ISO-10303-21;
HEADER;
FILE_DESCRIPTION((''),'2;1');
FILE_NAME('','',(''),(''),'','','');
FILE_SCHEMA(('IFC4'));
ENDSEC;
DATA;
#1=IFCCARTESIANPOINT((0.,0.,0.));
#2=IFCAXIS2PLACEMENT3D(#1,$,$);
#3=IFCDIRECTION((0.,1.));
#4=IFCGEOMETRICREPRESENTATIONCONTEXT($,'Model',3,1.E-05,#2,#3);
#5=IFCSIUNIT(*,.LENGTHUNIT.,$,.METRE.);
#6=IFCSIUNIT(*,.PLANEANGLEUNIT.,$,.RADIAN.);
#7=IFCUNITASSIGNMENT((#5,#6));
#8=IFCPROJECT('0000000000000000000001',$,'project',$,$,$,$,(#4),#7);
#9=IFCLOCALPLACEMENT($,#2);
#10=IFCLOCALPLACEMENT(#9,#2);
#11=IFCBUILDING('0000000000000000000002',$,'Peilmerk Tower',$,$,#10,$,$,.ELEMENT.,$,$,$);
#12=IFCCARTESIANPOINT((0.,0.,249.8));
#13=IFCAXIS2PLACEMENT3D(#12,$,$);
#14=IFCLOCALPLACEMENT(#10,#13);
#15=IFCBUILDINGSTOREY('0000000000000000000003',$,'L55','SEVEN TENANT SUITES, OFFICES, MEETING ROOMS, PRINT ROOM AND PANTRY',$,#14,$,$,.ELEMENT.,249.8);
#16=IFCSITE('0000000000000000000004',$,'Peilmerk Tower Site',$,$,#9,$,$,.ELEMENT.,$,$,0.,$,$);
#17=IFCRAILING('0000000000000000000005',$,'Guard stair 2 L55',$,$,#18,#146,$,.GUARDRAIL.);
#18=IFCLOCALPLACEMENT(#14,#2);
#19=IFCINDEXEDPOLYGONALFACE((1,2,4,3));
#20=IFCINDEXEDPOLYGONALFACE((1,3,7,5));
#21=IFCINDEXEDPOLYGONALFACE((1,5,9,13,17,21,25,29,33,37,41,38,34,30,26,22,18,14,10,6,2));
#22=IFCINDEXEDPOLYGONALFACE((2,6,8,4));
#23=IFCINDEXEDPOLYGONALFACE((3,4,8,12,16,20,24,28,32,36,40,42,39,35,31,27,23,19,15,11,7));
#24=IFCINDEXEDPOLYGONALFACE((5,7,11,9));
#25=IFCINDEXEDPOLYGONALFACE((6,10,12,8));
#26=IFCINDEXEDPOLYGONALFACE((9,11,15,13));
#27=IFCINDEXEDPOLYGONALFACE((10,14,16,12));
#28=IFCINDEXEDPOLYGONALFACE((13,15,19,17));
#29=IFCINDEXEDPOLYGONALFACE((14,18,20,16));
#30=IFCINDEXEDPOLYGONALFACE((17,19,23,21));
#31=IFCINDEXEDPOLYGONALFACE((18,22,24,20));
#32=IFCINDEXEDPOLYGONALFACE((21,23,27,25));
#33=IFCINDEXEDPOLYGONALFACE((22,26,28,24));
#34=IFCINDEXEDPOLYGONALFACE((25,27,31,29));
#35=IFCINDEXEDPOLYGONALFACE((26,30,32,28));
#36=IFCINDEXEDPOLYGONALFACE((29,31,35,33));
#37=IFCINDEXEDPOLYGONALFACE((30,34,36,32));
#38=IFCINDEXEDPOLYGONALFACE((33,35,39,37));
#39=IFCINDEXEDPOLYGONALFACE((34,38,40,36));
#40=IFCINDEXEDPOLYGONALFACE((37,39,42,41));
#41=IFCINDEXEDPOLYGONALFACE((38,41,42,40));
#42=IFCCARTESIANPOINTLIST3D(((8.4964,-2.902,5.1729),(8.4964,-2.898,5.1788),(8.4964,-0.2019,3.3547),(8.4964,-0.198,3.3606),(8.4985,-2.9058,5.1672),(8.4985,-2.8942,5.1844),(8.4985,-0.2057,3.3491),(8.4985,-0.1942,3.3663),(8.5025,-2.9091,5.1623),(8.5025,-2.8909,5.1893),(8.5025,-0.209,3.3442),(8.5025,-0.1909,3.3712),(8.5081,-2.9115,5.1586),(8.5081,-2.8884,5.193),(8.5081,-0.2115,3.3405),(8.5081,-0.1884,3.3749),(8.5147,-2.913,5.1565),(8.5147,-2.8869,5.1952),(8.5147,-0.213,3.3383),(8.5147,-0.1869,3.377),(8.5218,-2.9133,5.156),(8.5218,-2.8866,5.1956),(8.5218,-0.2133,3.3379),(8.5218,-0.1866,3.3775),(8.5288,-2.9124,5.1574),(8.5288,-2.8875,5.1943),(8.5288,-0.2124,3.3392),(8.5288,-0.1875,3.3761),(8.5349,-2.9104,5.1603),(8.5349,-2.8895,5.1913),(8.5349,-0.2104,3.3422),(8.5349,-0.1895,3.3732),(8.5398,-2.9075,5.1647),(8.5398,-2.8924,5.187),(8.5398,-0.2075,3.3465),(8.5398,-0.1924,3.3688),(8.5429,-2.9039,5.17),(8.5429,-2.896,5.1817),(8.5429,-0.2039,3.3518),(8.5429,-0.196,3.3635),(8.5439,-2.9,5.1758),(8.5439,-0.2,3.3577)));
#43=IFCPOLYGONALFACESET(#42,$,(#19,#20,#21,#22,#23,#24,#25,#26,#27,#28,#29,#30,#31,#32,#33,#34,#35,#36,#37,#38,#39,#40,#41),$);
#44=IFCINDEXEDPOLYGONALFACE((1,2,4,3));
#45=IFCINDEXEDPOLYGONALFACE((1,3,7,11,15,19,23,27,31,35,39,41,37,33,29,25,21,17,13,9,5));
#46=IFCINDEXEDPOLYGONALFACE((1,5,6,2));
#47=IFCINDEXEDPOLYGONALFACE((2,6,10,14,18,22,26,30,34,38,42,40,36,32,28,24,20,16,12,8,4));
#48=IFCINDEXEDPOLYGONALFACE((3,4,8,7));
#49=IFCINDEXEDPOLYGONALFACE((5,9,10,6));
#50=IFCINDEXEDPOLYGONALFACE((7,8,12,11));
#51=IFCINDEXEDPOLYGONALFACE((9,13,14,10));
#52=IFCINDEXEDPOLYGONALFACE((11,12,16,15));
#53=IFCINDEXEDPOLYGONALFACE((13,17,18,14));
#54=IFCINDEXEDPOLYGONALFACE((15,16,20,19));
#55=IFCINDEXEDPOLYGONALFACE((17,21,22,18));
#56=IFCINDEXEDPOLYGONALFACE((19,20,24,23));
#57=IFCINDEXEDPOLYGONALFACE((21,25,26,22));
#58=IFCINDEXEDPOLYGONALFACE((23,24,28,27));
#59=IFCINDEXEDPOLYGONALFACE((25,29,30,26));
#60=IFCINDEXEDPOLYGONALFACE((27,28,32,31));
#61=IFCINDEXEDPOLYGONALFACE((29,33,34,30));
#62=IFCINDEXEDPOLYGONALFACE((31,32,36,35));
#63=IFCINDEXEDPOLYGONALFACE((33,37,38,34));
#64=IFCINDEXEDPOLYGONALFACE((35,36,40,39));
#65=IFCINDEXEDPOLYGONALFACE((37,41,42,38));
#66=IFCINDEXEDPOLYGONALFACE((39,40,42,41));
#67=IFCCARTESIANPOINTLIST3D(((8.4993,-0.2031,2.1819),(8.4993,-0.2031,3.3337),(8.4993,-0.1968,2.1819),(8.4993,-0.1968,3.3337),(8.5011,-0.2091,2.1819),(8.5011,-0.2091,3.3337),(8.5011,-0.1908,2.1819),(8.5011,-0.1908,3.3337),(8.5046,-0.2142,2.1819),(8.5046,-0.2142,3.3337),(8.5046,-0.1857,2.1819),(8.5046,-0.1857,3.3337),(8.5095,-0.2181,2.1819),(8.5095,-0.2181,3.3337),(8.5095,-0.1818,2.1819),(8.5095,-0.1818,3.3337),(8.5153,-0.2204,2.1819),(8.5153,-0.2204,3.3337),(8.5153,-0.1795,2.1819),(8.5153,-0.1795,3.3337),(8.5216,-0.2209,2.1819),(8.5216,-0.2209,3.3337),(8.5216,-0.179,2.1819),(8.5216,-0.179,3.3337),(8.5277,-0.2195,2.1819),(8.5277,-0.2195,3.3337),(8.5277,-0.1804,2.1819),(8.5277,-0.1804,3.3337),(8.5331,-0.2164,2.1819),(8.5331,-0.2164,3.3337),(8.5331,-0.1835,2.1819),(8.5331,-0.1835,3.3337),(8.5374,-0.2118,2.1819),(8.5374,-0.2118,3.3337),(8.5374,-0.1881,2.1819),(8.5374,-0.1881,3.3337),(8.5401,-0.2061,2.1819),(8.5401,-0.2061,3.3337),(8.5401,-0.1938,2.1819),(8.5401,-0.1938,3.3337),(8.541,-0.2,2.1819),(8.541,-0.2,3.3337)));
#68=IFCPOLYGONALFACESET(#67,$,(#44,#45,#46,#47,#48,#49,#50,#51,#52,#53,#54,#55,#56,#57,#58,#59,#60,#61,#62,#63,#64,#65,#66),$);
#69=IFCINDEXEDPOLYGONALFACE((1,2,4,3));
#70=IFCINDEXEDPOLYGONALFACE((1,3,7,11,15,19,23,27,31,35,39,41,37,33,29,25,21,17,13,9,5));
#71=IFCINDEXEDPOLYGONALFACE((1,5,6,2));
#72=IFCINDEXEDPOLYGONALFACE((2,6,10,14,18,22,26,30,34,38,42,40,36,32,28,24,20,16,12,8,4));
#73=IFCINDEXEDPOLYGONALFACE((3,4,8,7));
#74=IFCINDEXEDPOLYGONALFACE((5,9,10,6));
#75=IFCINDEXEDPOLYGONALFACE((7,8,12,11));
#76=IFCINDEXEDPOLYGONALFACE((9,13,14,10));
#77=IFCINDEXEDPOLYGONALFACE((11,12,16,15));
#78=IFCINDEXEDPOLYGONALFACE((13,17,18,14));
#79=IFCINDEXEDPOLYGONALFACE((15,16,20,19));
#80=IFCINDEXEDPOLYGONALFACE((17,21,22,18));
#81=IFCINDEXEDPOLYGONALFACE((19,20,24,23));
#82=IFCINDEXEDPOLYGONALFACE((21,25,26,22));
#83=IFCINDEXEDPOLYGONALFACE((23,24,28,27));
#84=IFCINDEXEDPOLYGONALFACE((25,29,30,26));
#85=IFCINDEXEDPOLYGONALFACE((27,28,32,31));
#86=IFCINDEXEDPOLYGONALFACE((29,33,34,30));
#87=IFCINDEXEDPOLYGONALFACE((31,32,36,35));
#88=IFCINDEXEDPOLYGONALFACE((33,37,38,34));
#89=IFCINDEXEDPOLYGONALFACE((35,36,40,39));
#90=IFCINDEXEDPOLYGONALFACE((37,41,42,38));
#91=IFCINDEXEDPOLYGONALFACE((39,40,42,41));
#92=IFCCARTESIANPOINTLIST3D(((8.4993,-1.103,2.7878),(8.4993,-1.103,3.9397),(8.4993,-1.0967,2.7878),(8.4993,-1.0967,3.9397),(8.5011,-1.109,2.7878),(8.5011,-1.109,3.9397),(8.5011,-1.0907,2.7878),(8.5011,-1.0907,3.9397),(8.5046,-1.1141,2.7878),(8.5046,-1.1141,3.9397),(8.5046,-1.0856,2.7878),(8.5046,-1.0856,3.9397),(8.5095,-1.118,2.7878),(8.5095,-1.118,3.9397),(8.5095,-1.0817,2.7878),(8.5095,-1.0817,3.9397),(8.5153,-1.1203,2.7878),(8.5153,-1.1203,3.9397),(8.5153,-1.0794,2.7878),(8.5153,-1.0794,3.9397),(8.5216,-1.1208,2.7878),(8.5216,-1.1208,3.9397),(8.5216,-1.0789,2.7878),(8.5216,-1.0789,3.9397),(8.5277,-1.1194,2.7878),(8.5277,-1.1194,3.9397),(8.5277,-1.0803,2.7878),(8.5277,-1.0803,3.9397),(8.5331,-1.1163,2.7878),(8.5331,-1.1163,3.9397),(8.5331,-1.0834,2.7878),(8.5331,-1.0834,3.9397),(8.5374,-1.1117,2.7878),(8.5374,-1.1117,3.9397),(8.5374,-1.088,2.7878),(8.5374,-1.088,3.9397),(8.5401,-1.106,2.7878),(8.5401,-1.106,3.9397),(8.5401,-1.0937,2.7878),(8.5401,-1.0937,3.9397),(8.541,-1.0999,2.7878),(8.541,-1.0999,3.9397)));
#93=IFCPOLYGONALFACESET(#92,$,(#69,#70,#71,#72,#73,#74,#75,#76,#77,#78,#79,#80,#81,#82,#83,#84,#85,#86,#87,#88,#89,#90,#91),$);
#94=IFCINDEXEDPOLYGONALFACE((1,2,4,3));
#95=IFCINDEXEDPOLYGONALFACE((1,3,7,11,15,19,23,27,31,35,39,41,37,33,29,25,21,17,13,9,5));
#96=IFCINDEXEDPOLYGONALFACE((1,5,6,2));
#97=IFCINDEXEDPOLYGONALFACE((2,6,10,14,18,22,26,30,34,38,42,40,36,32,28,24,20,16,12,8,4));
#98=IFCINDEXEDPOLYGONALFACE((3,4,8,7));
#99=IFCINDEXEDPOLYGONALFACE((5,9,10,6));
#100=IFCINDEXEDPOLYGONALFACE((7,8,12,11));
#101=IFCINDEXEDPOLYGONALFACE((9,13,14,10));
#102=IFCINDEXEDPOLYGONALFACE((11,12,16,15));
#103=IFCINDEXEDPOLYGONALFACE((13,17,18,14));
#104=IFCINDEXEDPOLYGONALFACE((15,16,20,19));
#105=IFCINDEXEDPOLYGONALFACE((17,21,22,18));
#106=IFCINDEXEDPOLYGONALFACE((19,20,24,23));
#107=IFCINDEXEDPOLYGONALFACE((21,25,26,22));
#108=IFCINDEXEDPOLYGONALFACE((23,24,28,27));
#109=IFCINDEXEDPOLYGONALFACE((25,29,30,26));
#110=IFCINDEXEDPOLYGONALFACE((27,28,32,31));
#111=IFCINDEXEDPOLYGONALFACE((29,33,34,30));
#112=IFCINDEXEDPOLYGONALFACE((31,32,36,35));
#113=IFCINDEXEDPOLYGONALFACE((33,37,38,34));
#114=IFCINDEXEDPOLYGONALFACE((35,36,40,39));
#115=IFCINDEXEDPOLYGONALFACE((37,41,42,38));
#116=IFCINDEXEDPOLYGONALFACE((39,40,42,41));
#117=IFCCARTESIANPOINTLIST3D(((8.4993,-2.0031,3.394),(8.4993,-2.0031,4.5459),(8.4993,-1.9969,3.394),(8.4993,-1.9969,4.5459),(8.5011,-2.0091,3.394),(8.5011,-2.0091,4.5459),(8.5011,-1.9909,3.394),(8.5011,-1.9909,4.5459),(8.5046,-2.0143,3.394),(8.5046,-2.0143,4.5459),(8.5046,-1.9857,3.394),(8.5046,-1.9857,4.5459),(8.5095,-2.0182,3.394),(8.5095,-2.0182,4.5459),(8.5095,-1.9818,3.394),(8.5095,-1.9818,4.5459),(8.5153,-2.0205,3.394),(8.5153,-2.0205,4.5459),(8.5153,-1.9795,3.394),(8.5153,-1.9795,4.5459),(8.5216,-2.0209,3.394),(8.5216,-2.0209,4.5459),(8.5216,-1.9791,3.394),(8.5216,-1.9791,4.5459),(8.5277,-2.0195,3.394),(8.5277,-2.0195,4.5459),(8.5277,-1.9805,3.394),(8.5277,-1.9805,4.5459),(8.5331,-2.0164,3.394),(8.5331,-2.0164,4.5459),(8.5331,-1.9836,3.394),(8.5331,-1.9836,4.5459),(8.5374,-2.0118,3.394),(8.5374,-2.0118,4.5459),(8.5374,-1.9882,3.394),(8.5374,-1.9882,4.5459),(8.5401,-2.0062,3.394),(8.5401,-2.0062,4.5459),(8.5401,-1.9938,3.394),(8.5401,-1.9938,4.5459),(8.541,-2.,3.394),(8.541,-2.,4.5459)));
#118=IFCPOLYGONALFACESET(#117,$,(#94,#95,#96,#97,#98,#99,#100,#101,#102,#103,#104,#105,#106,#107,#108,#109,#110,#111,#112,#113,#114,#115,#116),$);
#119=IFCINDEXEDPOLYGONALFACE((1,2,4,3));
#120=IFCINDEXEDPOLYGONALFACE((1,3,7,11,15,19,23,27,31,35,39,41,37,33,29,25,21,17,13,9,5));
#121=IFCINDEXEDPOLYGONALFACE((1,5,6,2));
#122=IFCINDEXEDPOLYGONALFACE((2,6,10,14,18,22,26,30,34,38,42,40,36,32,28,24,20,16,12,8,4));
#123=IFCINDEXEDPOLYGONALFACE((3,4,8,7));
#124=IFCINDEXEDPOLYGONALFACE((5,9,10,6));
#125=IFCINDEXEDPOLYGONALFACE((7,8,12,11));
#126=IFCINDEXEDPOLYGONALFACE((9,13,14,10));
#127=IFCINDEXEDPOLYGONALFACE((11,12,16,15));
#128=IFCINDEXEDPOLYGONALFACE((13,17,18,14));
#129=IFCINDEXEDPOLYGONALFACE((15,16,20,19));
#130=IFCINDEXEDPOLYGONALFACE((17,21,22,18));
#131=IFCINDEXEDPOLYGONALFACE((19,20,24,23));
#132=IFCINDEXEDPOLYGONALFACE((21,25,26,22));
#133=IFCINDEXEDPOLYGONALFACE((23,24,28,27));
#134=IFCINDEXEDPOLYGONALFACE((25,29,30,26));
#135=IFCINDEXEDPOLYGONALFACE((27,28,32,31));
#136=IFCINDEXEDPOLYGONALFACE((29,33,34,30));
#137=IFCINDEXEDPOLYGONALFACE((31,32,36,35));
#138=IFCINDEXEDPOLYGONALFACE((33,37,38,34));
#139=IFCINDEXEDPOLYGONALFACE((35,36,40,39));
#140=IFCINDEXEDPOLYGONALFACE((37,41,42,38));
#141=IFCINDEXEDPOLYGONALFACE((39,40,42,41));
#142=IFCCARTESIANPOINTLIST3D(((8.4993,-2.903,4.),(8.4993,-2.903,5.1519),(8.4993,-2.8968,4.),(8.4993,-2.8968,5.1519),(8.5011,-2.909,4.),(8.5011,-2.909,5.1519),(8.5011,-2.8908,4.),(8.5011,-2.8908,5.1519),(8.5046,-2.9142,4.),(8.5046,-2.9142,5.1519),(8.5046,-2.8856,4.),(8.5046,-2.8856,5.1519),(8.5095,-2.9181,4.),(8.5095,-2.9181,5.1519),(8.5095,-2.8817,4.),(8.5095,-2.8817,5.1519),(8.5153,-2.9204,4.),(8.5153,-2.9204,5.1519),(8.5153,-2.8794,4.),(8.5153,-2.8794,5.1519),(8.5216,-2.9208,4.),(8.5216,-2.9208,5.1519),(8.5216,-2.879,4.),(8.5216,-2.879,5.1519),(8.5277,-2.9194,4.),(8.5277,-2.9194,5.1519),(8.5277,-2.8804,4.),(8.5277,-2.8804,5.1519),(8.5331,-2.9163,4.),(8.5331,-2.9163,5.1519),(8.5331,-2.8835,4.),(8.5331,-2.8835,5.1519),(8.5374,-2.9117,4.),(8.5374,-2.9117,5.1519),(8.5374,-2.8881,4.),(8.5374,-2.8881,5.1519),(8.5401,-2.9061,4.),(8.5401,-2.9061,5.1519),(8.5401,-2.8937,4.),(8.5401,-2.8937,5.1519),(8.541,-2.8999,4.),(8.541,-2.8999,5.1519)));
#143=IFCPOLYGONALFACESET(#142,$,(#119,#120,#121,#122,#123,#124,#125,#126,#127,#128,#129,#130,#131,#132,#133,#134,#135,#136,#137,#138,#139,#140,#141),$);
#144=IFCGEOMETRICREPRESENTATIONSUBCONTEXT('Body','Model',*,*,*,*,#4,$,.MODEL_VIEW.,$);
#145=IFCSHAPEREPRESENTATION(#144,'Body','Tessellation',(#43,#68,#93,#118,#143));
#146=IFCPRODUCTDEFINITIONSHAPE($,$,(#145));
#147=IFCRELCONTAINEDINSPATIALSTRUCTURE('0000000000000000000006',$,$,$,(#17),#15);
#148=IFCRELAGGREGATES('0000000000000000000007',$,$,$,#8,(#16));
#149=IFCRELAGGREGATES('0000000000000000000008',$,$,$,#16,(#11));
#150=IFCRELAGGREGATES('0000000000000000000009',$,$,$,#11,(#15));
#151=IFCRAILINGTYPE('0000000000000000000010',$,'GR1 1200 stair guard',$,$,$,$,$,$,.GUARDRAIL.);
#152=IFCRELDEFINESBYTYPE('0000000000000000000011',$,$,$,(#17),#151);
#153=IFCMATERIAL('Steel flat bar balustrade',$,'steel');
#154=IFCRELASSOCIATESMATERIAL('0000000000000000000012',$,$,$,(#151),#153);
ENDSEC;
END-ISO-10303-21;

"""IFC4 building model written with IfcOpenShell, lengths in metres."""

from ifc_helpers import new_model, si_unit, direction, frame, origin, origin_2d, place, context, subcontext, project, spatial, circle, extrude, material, type_object, element, save


model = new_model("IFC4")

# Units and contexts
model_context = context("Model", 3, precision=1e-05, world=origin(), true_north=direction((0.0, 1.0)))
body_context = subcontext(model_context, "Body", "Model", "MODEL_VIEW")
ifc_project = project(units=[si_unit("LENGTHUNIT", "METRE"), si_unit("PLANEANGLEUNIT", "RADIAN")], contexts=[model_context])

# Site, building, storey
site_placement = place(None, origin())
site = spatial("IfcSite", under=ifc_project, at=site_placement, Name="Peilmerk Tower Site", CompositionType="ELEMENT", RefElevation=0.0)
building_placement = place(site_placement, origin())
building = spatial("IfcBuilding", under=site, at=building_placement, Name="Peilmerk Tower", CompositionType="ELEMENT")
storey_placement = place(building_placement, frame((0.0, 0.0, 249.8)))
storey = spatial("IfcBuildingStorey", under=building, at=storey_placement, Name="L55", Description="SEVEN TENANT SUITES, OFFICES, MEETING ROOMS, PRINT ROOM AND PANTRY", CompositionType="ELEMENT", Elevation=249.8)

# Railing
ifc_material_1 = material(Name="Steel flat bar balustrade", Category="steel")
railing_type_1 = type_object("IfcRailingType", Name="GR1 1200 stair guard", PredefinedType="GUARDRAIL", material=ifc_material_1)
railing_1_placement = place(storey_placement, frame((8.52, -0.2, 2.1819)))
element("IfcRailing", 1, at=railing_1_placement, inside=storey, type_object=railing_type_1, Name="Guard stair 2 L55", PredefinedType="GUARDRAIL", context=body_context, shape_type="SweptSolid", body=[
    extrude(circle(Radius=0.0239, at=origin_2d()), frame((0.0, 0.0, 1.1758), z_axis=(0.0, -0.829468, 0.558554), x_axis=(1.0, 0.0, 0.0)), (0.0, 0.0, 1.0), 3.2551),
    extrude(circle(Radius=0.021, at=origin_2d()), origin(), (0.0, 0.0, 1.0), 1.1519),
    extrude(circle(Radius=0.021, at=origin_2d()), frame((0.0, -0.8999, 0.606)), (0.0, 0.0, 1.0), 1.1519),
    extrude(circle(Radius=0.021, at=origin_2d()), frame((0.0, -1.8, 1.2122)), (0.0, 0.0, 1.0), 1.1519),
    extrude(circle(Radius=0.021, at=origin_2d()), frame((0.0, -2.7, 1.8181)), (0.0, 0.0, 1.0), 1.1519),
])

save(model, "model.ifc")
